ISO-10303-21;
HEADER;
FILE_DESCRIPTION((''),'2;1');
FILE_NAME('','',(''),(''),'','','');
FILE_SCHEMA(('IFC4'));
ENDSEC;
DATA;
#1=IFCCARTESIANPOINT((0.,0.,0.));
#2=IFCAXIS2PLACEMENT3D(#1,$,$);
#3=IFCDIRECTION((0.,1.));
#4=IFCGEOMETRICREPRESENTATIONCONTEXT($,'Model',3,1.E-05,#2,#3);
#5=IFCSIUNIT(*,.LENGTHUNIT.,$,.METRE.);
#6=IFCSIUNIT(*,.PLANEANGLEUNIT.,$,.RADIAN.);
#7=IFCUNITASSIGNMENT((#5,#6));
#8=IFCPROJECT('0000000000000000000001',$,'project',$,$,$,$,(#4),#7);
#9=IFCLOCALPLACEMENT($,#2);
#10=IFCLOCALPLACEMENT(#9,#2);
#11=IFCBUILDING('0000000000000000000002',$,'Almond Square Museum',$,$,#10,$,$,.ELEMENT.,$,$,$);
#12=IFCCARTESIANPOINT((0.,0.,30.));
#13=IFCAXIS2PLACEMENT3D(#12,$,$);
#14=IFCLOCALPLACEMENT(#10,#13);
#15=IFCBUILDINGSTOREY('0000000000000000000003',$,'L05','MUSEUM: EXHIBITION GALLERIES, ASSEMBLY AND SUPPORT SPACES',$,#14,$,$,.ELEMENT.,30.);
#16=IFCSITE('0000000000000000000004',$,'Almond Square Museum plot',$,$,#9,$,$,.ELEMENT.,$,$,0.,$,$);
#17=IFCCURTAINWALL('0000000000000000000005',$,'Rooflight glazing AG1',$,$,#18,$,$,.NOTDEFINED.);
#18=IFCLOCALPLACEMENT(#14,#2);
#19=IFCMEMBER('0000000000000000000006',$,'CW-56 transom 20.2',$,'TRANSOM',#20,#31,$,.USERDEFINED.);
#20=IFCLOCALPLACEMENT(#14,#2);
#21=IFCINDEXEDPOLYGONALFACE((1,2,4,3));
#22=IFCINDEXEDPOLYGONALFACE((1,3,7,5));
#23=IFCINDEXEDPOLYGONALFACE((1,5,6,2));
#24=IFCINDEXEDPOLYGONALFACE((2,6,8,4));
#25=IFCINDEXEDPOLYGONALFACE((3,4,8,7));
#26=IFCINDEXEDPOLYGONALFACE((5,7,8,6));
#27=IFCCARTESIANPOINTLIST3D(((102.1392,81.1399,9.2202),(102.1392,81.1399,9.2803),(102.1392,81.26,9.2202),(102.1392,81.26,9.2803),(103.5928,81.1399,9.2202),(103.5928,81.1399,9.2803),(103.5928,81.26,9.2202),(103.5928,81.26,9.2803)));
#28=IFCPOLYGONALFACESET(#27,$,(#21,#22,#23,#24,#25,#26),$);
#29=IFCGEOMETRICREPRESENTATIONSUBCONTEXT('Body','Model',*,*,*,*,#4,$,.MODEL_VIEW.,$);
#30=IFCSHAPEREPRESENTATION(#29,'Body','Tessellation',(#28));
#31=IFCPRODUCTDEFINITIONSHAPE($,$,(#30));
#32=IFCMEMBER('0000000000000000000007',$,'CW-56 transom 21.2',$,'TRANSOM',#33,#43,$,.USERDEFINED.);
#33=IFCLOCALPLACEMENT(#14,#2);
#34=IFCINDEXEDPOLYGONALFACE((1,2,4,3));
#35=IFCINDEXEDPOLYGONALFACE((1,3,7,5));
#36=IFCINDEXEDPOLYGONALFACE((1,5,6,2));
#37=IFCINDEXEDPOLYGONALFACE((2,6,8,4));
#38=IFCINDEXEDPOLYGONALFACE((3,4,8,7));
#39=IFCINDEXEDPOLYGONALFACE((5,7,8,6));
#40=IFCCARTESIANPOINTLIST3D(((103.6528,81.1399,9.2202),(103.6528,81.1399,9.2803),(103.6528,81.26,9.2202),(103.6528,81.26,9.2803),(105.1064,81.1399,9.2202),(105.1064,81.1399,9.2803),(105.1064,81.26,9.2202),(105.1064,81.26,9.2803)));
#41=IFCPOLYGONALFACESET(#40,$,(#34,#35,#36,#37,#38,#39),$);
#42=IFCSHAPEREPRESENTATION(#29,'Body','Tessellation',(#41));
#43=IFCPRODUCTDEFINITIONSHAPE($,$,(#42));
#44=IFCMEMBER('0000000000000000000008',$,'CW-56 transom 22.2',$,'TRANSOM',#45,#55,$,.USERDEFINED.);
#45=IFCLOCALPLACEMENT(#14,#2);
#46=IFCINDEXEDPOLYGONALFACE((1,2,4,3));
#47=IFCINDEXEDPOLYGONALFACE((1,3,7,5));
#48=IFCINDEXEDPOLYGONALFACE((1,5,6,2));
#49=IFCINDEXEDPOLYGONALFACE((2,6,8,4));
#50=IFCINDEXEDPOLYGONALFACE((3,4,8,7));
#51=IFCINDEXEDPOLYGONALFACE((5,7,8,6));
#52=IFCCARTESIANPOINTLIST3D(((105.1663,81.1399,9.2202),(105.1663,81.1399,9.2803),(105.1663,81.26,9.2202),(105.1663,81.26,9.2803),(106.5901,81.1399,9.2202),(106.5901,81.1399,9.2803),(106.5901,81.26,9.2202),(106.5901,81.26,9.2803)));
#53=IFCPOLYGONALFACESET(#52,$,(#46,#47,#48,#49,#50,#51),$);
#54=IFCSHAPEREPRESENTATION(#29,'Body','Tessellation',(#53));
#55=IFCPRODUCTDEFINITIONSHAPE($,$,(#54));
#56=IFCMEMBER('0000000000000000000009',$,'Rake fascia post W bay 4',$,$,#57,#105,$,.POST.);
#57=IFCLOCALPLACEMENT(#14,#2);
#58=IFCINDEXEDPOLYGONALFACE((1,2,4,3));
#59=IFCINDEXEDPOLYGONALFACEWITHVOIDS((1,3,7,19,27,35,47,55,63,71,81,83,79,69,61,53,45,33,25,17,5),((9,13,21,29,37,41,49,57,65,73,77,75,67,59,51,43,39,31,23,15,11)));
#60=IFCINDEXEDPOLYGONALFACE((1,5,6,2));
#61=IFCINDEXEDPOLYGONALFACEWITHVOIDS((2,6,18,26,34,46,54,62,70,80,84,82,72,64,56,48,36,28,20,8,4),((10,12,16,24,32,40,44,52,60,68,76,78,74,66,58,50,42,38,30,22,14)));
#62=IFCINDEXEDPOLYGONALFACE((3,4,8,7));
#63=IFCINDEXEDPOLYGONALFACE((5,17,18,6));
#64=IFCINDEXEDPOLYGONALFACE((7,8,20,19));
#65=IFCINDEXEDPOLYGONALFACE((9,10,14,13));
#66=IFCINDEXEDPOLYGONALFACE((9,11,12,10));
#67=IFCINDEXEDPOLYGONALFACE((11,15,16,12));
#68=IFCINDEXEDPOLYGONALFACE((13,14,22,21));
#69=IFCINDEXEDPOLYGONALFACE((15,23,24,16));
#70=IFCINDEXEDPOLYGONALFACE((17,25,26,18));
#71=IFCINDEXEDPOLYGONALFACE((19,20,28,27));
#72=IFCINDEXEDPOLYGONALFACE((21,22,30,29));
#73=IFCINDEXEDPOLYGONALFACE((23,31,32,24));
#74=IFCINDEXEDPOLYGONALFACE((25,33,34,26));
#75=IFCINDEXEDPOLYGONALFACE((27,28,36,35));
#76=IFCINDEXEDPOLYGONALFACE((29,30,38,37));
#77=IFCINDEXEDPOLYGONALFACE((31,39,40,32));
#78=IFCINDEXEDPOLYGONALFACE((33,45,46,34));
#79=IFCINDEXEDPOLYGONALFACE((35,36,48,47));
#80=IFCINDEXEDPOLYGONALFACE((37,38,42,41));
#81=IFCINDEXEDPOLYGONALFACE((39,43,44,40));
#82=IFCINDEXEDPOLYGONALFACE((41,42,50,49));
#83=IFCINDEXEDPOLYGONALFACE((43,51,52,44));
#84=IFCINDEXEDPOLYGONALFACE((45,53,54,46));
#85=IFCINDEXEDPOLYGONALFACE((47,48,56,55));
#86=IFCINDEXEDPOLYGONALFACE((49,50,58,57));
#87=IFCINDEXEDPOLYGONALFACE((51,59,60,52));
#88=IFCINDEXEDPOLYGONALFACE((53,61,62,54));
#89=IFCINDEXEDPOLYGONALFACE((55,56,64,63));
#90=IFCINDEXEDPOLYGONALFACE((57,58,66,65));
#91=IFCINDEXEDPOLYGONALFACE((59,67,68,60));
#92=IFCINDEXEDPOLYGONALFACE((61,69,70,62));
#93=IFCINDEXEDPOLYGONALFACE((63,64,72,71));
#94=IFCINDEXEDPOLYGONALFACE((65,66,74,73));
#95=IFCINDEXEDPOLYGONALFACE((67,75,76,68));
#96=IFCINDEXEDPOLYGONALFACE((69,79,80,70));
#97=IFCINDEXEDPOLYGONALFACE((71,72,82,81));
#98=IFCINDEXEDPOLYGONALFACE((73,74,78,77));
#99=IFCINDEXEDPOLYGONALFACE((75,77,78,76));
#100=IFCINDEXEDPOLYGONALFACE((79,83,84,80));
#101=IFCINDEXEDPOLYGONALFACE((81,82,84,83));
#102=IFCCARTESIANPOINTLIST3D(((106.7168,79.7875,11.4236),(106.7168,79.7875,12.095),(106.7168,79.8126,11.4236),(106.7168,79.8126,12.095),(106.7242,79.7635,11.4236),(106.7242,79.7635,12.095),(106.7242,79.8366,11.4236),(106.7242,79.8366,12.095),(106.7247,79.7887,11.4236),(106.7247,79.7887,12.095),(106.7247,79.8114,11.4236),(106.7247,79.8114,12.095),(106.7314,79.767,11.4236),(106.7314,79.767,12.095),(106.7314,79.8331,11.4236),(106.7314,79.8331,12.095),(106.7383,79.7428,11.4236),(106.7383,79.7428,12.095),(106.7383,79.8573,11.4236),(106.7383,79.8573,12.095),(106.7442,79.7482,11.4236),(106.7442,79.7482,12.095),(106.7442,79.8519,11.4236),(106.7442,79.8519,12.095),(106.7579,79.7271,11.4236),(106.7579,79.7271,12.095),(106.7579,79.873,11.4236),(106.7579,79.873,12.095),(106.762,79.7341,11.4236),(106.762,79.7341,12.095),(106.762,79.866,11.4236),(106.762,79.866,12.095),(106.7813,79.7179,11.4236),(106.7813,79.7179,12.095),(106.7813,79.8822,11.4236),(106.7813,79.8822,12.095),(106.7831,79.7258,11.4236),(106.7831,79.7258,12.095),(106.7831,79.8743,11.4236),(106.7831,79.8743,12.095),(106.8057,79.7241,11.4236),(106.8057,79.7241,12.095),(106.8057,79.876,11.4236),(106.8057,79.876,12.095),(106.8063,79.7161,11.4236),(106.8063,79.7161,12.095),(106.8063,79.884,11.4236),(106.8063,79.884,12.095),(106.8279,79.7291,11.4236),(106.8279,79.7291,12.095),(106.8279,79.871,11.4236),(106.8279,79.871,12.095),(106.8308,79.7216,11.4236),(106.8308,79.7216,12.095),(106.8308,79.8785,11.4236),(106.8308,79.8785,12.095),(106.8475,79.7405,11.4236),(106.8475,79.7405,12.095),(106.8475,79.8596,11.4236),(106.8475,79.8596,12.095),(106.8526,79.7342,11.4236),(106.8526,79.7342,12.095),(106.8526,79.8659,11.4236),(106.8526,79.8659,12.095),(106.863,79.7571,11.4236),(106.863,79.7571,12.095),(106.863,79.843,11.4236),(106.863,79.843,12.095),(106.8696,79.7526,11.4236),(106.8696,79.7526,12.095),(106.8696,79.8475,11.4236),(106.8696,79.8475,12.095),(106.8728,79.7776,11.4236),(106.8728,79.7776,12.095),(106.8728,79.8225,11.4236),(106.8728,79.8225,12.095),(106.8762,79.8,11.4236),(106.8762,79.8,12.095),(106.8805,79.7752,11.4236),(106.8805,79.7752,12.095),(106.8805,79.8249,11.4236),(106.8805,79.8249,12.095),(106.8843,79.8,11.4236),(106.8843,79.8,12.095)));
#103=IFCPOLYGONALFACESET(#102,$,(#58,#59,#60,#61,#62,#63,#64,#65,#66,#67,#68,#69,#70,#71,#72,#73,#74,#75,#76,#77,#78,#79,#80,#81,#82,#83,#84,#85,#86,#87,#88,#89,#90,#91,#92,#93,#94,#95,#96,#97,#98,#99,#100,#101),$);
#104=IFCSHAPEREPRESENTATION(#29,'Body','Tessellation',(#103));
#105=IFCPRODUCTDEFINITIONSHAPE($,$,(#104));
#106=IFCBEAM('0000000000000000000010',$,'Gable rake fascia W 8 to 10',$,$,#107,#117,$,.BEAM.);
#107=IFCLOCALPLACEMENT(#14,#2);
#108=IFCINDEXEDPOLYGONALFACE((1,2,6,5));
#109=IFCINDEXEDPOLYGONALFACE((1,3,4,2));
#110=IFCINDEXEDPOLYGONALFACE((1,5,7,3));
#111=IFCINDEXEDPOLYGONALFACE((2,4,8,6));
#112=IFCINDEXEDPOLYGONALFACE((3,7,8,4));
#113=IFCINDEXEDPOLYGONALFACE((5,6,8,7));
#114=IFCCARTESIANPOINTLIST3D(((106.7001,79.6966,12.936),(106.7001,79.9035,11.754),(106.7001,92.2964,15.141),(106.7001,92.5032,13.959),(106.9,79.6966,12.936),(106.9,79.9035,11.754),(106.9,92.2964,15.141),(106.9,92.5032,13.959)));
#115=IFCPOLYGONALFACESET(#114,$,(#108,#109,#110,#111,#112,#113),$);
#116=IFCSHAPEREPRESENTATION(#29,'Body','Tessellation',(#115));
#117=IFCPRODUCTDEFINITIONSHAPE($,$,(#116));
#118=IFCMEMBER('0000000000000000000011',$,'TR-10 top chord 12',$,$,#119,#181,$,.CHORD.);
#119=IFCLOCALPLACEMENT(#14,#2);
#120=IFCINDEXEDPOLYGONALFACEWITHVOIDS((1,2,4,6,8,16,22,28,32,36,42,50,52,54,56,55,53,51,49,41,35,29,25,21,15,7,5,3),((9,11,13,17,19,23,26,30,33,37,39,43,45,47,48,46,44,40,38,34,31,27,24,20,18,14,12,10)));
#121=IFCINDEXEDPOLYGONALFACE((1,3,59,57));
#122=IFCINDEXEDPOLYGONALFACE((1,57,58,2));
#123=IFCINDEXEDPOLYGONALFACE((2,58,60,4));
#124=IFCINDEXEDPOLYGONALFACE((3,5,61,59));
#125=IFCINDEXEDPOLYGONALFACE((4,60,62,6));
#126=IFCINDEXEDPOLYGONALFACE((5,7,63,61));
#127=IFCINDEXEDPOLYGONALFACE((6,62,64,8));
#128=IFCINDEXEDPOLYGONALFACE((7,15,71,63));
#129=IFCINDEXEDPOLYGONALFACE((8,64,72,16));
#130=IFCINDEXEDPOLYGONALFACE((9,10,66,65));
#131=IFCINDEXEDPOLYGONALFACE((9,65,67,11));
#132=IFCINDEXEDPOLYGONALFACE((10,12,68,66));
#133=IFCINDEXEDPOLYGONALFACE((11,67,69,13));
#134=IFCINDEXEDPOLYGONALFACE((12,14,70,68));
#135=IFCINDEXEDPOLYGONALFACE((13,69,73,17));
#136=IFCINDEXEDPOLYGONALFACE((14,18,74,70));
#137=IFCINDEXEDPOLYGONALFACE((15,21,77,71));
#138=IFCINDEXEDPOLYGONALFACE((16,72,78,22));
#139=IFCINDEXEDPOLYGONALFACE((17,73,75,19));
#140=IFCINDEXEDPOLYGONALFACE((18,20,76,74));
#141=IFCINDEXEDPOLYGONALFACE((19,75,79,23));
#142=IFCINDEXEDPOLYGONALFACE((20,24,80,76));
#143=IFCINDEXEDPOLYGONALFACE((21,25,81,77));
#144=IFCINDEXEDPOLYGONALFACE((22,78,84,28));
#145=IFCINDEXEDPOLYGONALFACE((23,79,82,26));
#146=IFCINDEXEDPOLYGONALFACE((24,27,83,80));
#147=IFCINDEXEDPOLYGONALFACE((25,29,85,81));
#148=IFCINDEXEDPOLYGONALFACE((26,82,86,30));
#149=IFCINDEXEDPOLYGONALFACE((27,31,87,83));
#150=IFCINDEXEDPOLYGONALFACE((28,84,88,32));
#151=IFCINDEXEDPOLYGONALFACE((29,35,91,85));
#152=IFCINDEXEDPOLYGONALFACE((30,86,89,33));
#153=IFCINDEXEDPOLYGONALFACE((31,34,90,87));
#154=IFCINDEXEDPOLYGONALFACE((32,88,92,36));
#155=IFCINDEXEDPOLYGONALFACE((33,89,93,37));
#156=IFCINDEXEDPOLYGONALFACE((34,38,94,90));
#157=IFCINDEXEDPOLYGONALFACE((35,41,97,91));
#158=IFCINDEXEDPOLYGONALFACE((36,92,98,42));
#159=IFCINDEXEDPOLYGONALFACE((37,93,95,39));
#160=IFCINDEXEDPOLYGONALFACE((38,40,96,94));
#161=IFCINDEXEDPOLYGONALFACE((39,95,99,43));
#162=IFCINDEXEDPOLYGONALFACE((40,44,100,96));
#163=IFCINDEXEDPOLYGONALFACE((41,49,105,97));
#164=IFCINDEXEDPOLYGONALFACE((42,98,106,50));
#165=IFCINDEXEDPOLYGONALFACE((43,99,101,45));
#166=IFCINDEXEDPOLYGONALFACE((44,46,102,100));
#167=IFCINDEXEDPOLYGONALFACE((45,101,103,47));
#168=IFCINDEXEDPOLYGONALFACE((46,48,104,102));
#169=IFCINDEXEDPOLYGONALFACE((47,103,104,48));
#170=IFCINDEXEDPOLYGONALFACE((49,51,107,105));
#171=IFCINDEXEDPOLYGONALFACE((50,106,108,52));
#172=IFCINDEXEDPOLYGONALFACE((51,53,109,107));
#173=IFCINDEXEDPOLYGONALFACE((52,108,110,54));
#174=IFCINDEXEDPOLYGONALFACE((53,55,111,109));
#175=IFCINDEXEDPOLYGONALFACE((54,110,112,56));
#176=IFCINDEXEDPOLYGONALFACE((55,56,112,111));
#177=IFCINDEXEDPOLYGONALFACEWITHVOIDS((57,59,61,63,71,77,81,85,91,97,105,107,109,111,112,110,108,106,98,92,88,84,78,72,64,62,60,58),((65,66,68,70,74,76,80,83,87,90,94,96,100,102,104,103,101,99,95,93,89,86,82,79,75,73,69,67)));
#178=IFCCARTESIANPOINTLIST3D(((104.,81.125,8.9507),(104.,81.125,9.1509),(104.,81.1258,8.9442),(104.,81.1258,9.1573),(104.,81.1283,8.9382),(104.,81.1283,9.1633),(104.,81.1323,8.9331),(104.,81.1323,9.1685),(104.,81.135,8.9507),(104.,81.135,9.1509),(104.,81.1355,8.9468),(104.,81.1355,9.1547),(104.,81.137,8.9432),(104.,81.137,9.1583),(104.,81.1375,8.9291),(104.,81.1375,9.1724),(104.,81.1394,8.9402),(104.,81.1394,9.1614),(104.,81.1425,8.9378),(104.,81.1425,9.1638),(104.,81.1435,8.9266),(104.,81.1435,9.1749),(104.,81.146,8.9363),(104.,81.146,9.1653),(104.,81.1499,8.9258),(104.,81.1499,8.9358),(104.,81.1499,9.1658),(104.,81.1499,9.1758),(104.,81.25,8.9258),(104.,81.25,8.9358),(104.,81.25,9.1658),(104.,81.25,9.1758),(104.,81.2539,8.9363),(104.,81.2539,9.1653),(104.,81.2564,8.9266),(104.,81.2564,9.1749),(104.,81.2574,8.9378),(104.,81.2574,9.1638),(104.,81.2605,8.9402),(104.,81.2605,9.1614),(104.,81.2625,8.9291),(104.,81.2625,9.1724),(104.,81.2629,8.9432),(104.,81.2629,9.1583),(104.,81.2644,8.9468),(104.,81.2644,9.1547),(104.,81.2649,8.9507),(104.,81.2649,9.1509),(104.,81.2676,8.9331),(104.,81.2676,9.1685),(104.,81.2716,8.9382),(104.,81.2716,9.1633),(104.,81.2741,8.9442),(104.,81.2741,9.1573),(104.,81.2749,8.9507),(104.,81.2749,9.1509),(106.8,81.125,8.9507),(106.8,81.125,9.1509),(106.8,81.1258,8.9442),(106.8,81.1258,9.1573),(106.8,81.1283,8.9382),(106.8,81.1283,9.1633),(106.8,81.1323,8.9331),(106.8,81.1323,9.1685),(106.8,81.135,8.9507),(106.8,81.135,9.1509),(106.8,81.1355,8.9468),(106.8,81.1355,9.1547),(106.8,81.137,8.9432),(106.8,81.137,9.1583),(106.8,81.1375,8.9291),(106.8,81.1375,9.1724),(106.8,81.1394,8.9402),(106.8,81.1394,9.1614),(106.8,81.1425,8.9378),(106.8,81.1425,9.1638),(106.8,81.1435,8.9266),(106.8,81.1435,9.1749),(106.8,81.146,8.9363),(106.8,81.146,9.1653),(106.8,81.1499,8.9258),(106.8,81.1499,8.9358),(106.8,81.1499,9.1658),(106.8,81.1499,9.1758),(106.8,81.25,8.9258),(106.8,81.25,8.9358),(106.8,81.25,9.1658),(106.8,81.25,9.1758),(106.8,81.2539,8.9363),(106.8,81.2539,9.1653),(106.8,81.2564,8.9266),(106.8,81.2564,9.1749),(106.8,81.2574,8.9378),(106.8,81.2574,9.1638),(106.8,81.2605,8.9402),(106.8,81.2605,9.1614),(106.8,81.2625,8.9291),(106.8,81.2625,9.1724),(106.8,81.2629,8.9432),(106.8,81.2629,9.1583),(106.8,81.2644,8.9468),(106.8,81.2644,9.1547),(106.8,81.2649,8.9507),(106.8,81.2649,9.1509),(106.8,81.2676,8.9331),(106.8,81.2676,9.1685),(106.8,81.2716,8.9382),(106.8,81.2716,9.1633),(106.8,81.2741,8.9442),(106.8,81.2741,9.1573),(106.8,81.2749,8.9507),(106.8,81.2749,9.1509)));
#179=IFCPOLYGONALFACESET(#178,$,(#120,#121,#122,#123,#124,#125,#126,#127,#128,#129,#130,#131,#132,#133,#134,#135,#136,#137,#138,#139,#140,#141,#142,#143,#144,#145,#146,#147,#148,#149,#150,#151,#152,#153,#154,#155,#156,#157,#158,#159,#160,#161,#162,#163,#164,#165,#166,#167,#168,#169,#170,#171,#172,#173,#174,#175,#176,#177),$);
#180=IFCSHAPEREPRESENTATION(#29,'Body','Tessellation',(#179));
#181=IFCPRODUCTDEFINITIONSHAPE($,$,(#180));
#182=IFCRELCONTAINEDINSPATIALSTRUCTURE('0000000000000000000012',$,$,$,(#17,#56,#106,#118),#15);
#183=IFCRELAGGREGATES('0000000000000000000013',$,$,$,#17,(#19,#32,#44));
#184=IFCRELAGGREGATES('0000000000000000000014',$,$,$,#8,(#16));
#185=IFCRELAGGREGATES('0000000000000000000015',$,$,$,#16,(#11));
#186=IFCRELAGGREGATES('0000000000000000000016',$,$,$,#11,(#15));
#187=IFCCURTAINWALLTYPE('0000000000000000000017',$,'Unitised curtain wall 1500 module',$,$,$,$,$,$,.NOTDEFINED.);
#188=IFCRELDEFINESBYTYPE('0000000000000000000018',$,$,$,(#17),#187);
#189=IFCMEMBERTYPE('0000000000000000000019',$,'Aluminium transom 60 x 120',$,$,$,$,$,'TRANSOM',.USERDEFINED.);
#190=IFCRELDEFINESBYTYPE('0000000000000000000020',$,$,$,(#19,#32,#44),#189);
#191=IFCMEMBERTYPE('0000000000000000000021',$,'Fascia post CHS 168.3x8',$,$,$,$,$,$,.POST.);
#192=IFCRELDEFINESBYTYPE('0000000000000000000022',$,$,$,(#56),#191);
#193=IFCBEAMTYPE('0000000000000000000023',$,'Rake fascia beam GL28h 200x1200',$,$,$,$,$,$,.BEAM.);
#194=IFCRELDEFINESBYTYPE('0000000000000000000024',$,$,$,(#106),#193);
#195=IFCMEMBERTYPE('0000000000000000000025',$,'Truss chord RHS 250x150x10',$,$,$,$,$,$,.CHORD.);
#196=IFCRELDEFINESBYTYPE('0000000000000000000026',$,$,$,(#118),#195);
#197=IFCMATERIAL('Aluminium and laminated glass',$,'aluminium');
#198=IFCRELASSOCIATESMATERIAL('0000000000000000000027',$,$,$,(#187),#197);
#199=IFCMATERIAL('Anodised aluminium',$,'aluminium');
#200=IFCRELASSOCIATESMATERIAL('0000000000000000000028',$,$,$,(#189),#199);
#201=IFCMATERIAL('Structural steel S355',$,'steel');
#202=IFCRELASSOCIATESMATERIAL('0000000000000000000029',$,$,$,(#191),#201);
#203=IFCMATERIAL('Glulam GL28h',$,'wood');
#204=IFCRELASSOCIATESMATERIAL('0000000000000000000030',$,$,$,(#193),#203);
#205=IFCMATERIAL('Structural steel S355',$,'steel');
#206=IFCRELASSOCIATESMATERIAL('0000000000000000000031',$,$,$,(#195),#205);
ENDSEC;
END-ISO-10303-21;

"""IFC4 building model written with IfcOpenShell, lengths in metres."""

from ifc_helpers import new_model, si_unit, direction, frame, origin, origin_2d, place, context, subcontext, project, spatial, rectangle, hollow_rectangle, hollow_circle, extrude, material, material_profile, profile_set, type_object, element, aggregate, save


model = new_model("IFC4")

# Units and contexts
model_context = context("Model", 3, precision=1e-05, world=origin(), true_north=direction((0.0, 1.0)))
body_context = subcontext(model_context, "Body", "Model", "MODEL_VIEW")
ifc_project = project(units=[si_unit("LENGTHUNIT", "METRE"), si_unit("PLANEANGLEUNIT", "RADIAN")], contexts=[model_context])

# Site, building, storey
site_placement = place(None, origin())
site = spatial("IfcSite", under=ifc_project, at=site_placement, Name="Almond Square Museum plot", CompositionType="ELEMENT", RefElevation=0.0)
building_placement = place(site_placement, origin())
building = spatial("IfcBuilding", under=site, at=building_placement, Name="Almond Square Museum", CompositionType="ELEMENT")
storey_placement = place(building_placement, frame((0.0, 0.0, 30.0)))
storey = spatial("IfcBuildingStorey", under=building, at=storey_placement, Name="L05", Description="MUSEUM: EXHIBITION GALLERIES, ASSEMBLY AND SUPPORT SPACES", CompositionType="ELEMENT", Elevation=30.0)

# Curtain wall, members
ifc_material_1 = material(Name="Aluminium and laminated glass", Category="aluminium")
curtain_wall_type = type_object("IfcCurtainWallType", Name="Unitised curtain wall 1500 module", PredefinedType="NOTDEFINED", material=ifc_material_1)
curtain_wall_placement = place(storey_placement, origin())
curtain_wall = element("IfcCurtainWall", 1, at=curtain_wall_placement, inside=storey, type_object=curtain_wall_type, Name="Rooflight glazing AG1", PredefinedType="NOTDEFINED")
ifc_material_2 = material(Name="Anodised aluminium", Category="aluminium")
ifc_material_profile_1 = material_profile(ifc_material_2, rectangle(XDim=0.1201, YDim=0.0601, at=origin_2d()))
ifc_profile_set_1 = profile_set([ifc_material_profile_1], Name="Anodised aluminium")
member_type_1 = type_object("IfcMemberType", Name="Aluminium transom 60 x 120", ElementType="TRANSOM", PredefinedType="USERDEFINED", material=ifc_profile_set_1)
member_1_placement = place(storey_placement, frame((102.1392, 81.2, 9.2502), z_axis=(1.0, 0.0, 0.0), x_axis=(0.0, 1.0, 0.0)))
member_1 = element("IfcMember", 2, at=member_1_placement, type_object=member_type_1, Name="CW-56 transom 20.2", ObjectType="TRANSOM", PredefinedType="USERDEFINED", context=body_context, shape_type="SweptSolid", body=[
    extrude(rectangle(XDim=0.1201, YDim=0.0601, at=origin_2d()), origin(), (0.0, 0.0, 1.0), 1.4536),
])
member_2_placement = place(storey_placement, frame((103.6528, 81.2, 9.2502), z_axis=(1.0, 0.0, 0.0), x_axis=(0.0, 1.0, 0.0)))
member_2 = element("IfcMember", 3, at=member_2_placement, type_object=member_type_1, Name="CW-56 transom 21.2", ObjectType="TRANSOM", PredefinedType="USERDEFINED", context=body_context, shape_type="SweptSolid", body=[
    extrude(rectangle(XDim=0.1201, YDim=0.0601, at=origin_2d()), origin(), (0.0, 0.0, 1.0), 1.4536),
])
member_3_placement = place(storey_placement, frame((105.1663, 81.2, 9.2502), z_axis=(1.0, 0.0, 0.0), x_axis=(0.0, 1.0, 0.0)))
member_3 = element("IfcMember", 4, at=member_3_placement, type_object=member_type_1, Name="CW-56 transom 22.2", ObjectType="TRANSOM", PredefinedType="USERDEFINED", context=body_context, shape_type="SweptSolid", body=[
    extrude(rectangle(XDim=0.1201, YDim=0.0601, at=origin_2d()), origin(), (0.0, 0.0, 1.0), 1.4238),
])
aggregate(curtain_wall, [member_1, member_2, member_3])

# Member
ifc_material_3 = material(Name="Structural steel S355", Category="steel")
ifc_material_profile_2 = material_profile(ifc_material_3, hollow_circle(Radius=0.0842, WallThickness=0.0081, at=origin_2d()))
ifc_profile_set_2 = profile_set([ifc_material_profile_2], Name="Structural steel S355")
member_type_2 = type_object("IfcMemberType", Name="Fascia post CHS 168.3x8", PredefinedType="POST", material=ifc_profile_set_2)
member_4_placement = place(storey_placement, frame((106.8, 79.8, 11.4236), z_axis=(0.0, 0.0, 1.0), x_axis=(1.0, 0.0, 0.0)))
element("IfcMember", 5, at=member_4_placement, inside=storey, type_object=member_type_2, Name="Rake fascia post W bay 4", PredefinedType="POST", context=body_context, shape_type="SweptSolid", body=[
    extrude(hollow_circle(Radius=0.0842, WallThickness=0.0081, at=origin_2d()), origin(), (0.0, 0.0, 1.0), 0.6714),
])

# Beam
ifc_material_4 = material(Name="Glulam GL28h", Category="wood")
ifc_material_profile_3 = material_profile(ifc_material_4, rectangle(XDim=0.2, YDim=1.2, at=origin_2d()))
ifc_profile_set_3 = profile_set([ifc_material_profile_3], Name="Glulam GL28h")
beam_type = type_object("IfcBeamType", Name="Rake fascia beam GL28h 200x1200", PredefinedType="BEAM", material=ifc_profile_set_3)
beam_placement = place(storey_placement, frame((106.8, 79.8, 12.345), z_axis=(0.0, 0.985029, 0.172388), x_axis=(-1.0, 0.0, 0.0)))
element("IfcBeam", 6, at=beam_placement, inside=storey, type_object=beam_type, Name="Gable rake fascia W 8 to 10", PredefinedType="BEAM", context=body_context, shape_type="SweptSolid", body=[
    extrude(rectangle(XDim=0.2, YDim=1.2, at=origin_2d()), origin(), (0.0, 0.0, 1.0), 12.7913),
])

# Member
ifc_material_5 = material(Name="Structural steel S355", Category="steel")
ifc_material_profile_4 = material_profile(ifc_material_5, hollow_rectangle(XDim=0.1499, YDim=0.25, WallThickness=0.01, InnerFilletRadius=0.0149, OuterFilletRadius=0.0249, at=origin_2d()))
ifc_profile_set_4 = profile_set([ifc_material_profile_4], Name="Structural steel S355")
member_type_3 = type_object("IfcMemberType", Name="Truss chord RHS 250x150x10", PredefinedType="CHORD", material=ifc_profile_set_4)
member_5_placement = place(storey_placement, frame((104.0, 81.2, 9.0508), z_axis=(1.0, 0.0, 0.0), x_axis=(0.0, 1.0, 0.0)))
element("IfcMember", 7, at=member_5_placement, inside=storey, type_object=member_type_3, Name="TR-10 top chord 12", PredefinedType="CHORD", context=body_context, shape_type="SweptSolid", body=[
    extrude(hollow_rectangle(XDim=0.1499, YDim=0.25, WallThickness=0.01, InnerFilletRadius=0.0149, OuterFilletRadius=0.0249, at=origin_2d()), origin(), (0.0, 0.0, 1.0), 2.8),
])

save(model, "model.ifc")
